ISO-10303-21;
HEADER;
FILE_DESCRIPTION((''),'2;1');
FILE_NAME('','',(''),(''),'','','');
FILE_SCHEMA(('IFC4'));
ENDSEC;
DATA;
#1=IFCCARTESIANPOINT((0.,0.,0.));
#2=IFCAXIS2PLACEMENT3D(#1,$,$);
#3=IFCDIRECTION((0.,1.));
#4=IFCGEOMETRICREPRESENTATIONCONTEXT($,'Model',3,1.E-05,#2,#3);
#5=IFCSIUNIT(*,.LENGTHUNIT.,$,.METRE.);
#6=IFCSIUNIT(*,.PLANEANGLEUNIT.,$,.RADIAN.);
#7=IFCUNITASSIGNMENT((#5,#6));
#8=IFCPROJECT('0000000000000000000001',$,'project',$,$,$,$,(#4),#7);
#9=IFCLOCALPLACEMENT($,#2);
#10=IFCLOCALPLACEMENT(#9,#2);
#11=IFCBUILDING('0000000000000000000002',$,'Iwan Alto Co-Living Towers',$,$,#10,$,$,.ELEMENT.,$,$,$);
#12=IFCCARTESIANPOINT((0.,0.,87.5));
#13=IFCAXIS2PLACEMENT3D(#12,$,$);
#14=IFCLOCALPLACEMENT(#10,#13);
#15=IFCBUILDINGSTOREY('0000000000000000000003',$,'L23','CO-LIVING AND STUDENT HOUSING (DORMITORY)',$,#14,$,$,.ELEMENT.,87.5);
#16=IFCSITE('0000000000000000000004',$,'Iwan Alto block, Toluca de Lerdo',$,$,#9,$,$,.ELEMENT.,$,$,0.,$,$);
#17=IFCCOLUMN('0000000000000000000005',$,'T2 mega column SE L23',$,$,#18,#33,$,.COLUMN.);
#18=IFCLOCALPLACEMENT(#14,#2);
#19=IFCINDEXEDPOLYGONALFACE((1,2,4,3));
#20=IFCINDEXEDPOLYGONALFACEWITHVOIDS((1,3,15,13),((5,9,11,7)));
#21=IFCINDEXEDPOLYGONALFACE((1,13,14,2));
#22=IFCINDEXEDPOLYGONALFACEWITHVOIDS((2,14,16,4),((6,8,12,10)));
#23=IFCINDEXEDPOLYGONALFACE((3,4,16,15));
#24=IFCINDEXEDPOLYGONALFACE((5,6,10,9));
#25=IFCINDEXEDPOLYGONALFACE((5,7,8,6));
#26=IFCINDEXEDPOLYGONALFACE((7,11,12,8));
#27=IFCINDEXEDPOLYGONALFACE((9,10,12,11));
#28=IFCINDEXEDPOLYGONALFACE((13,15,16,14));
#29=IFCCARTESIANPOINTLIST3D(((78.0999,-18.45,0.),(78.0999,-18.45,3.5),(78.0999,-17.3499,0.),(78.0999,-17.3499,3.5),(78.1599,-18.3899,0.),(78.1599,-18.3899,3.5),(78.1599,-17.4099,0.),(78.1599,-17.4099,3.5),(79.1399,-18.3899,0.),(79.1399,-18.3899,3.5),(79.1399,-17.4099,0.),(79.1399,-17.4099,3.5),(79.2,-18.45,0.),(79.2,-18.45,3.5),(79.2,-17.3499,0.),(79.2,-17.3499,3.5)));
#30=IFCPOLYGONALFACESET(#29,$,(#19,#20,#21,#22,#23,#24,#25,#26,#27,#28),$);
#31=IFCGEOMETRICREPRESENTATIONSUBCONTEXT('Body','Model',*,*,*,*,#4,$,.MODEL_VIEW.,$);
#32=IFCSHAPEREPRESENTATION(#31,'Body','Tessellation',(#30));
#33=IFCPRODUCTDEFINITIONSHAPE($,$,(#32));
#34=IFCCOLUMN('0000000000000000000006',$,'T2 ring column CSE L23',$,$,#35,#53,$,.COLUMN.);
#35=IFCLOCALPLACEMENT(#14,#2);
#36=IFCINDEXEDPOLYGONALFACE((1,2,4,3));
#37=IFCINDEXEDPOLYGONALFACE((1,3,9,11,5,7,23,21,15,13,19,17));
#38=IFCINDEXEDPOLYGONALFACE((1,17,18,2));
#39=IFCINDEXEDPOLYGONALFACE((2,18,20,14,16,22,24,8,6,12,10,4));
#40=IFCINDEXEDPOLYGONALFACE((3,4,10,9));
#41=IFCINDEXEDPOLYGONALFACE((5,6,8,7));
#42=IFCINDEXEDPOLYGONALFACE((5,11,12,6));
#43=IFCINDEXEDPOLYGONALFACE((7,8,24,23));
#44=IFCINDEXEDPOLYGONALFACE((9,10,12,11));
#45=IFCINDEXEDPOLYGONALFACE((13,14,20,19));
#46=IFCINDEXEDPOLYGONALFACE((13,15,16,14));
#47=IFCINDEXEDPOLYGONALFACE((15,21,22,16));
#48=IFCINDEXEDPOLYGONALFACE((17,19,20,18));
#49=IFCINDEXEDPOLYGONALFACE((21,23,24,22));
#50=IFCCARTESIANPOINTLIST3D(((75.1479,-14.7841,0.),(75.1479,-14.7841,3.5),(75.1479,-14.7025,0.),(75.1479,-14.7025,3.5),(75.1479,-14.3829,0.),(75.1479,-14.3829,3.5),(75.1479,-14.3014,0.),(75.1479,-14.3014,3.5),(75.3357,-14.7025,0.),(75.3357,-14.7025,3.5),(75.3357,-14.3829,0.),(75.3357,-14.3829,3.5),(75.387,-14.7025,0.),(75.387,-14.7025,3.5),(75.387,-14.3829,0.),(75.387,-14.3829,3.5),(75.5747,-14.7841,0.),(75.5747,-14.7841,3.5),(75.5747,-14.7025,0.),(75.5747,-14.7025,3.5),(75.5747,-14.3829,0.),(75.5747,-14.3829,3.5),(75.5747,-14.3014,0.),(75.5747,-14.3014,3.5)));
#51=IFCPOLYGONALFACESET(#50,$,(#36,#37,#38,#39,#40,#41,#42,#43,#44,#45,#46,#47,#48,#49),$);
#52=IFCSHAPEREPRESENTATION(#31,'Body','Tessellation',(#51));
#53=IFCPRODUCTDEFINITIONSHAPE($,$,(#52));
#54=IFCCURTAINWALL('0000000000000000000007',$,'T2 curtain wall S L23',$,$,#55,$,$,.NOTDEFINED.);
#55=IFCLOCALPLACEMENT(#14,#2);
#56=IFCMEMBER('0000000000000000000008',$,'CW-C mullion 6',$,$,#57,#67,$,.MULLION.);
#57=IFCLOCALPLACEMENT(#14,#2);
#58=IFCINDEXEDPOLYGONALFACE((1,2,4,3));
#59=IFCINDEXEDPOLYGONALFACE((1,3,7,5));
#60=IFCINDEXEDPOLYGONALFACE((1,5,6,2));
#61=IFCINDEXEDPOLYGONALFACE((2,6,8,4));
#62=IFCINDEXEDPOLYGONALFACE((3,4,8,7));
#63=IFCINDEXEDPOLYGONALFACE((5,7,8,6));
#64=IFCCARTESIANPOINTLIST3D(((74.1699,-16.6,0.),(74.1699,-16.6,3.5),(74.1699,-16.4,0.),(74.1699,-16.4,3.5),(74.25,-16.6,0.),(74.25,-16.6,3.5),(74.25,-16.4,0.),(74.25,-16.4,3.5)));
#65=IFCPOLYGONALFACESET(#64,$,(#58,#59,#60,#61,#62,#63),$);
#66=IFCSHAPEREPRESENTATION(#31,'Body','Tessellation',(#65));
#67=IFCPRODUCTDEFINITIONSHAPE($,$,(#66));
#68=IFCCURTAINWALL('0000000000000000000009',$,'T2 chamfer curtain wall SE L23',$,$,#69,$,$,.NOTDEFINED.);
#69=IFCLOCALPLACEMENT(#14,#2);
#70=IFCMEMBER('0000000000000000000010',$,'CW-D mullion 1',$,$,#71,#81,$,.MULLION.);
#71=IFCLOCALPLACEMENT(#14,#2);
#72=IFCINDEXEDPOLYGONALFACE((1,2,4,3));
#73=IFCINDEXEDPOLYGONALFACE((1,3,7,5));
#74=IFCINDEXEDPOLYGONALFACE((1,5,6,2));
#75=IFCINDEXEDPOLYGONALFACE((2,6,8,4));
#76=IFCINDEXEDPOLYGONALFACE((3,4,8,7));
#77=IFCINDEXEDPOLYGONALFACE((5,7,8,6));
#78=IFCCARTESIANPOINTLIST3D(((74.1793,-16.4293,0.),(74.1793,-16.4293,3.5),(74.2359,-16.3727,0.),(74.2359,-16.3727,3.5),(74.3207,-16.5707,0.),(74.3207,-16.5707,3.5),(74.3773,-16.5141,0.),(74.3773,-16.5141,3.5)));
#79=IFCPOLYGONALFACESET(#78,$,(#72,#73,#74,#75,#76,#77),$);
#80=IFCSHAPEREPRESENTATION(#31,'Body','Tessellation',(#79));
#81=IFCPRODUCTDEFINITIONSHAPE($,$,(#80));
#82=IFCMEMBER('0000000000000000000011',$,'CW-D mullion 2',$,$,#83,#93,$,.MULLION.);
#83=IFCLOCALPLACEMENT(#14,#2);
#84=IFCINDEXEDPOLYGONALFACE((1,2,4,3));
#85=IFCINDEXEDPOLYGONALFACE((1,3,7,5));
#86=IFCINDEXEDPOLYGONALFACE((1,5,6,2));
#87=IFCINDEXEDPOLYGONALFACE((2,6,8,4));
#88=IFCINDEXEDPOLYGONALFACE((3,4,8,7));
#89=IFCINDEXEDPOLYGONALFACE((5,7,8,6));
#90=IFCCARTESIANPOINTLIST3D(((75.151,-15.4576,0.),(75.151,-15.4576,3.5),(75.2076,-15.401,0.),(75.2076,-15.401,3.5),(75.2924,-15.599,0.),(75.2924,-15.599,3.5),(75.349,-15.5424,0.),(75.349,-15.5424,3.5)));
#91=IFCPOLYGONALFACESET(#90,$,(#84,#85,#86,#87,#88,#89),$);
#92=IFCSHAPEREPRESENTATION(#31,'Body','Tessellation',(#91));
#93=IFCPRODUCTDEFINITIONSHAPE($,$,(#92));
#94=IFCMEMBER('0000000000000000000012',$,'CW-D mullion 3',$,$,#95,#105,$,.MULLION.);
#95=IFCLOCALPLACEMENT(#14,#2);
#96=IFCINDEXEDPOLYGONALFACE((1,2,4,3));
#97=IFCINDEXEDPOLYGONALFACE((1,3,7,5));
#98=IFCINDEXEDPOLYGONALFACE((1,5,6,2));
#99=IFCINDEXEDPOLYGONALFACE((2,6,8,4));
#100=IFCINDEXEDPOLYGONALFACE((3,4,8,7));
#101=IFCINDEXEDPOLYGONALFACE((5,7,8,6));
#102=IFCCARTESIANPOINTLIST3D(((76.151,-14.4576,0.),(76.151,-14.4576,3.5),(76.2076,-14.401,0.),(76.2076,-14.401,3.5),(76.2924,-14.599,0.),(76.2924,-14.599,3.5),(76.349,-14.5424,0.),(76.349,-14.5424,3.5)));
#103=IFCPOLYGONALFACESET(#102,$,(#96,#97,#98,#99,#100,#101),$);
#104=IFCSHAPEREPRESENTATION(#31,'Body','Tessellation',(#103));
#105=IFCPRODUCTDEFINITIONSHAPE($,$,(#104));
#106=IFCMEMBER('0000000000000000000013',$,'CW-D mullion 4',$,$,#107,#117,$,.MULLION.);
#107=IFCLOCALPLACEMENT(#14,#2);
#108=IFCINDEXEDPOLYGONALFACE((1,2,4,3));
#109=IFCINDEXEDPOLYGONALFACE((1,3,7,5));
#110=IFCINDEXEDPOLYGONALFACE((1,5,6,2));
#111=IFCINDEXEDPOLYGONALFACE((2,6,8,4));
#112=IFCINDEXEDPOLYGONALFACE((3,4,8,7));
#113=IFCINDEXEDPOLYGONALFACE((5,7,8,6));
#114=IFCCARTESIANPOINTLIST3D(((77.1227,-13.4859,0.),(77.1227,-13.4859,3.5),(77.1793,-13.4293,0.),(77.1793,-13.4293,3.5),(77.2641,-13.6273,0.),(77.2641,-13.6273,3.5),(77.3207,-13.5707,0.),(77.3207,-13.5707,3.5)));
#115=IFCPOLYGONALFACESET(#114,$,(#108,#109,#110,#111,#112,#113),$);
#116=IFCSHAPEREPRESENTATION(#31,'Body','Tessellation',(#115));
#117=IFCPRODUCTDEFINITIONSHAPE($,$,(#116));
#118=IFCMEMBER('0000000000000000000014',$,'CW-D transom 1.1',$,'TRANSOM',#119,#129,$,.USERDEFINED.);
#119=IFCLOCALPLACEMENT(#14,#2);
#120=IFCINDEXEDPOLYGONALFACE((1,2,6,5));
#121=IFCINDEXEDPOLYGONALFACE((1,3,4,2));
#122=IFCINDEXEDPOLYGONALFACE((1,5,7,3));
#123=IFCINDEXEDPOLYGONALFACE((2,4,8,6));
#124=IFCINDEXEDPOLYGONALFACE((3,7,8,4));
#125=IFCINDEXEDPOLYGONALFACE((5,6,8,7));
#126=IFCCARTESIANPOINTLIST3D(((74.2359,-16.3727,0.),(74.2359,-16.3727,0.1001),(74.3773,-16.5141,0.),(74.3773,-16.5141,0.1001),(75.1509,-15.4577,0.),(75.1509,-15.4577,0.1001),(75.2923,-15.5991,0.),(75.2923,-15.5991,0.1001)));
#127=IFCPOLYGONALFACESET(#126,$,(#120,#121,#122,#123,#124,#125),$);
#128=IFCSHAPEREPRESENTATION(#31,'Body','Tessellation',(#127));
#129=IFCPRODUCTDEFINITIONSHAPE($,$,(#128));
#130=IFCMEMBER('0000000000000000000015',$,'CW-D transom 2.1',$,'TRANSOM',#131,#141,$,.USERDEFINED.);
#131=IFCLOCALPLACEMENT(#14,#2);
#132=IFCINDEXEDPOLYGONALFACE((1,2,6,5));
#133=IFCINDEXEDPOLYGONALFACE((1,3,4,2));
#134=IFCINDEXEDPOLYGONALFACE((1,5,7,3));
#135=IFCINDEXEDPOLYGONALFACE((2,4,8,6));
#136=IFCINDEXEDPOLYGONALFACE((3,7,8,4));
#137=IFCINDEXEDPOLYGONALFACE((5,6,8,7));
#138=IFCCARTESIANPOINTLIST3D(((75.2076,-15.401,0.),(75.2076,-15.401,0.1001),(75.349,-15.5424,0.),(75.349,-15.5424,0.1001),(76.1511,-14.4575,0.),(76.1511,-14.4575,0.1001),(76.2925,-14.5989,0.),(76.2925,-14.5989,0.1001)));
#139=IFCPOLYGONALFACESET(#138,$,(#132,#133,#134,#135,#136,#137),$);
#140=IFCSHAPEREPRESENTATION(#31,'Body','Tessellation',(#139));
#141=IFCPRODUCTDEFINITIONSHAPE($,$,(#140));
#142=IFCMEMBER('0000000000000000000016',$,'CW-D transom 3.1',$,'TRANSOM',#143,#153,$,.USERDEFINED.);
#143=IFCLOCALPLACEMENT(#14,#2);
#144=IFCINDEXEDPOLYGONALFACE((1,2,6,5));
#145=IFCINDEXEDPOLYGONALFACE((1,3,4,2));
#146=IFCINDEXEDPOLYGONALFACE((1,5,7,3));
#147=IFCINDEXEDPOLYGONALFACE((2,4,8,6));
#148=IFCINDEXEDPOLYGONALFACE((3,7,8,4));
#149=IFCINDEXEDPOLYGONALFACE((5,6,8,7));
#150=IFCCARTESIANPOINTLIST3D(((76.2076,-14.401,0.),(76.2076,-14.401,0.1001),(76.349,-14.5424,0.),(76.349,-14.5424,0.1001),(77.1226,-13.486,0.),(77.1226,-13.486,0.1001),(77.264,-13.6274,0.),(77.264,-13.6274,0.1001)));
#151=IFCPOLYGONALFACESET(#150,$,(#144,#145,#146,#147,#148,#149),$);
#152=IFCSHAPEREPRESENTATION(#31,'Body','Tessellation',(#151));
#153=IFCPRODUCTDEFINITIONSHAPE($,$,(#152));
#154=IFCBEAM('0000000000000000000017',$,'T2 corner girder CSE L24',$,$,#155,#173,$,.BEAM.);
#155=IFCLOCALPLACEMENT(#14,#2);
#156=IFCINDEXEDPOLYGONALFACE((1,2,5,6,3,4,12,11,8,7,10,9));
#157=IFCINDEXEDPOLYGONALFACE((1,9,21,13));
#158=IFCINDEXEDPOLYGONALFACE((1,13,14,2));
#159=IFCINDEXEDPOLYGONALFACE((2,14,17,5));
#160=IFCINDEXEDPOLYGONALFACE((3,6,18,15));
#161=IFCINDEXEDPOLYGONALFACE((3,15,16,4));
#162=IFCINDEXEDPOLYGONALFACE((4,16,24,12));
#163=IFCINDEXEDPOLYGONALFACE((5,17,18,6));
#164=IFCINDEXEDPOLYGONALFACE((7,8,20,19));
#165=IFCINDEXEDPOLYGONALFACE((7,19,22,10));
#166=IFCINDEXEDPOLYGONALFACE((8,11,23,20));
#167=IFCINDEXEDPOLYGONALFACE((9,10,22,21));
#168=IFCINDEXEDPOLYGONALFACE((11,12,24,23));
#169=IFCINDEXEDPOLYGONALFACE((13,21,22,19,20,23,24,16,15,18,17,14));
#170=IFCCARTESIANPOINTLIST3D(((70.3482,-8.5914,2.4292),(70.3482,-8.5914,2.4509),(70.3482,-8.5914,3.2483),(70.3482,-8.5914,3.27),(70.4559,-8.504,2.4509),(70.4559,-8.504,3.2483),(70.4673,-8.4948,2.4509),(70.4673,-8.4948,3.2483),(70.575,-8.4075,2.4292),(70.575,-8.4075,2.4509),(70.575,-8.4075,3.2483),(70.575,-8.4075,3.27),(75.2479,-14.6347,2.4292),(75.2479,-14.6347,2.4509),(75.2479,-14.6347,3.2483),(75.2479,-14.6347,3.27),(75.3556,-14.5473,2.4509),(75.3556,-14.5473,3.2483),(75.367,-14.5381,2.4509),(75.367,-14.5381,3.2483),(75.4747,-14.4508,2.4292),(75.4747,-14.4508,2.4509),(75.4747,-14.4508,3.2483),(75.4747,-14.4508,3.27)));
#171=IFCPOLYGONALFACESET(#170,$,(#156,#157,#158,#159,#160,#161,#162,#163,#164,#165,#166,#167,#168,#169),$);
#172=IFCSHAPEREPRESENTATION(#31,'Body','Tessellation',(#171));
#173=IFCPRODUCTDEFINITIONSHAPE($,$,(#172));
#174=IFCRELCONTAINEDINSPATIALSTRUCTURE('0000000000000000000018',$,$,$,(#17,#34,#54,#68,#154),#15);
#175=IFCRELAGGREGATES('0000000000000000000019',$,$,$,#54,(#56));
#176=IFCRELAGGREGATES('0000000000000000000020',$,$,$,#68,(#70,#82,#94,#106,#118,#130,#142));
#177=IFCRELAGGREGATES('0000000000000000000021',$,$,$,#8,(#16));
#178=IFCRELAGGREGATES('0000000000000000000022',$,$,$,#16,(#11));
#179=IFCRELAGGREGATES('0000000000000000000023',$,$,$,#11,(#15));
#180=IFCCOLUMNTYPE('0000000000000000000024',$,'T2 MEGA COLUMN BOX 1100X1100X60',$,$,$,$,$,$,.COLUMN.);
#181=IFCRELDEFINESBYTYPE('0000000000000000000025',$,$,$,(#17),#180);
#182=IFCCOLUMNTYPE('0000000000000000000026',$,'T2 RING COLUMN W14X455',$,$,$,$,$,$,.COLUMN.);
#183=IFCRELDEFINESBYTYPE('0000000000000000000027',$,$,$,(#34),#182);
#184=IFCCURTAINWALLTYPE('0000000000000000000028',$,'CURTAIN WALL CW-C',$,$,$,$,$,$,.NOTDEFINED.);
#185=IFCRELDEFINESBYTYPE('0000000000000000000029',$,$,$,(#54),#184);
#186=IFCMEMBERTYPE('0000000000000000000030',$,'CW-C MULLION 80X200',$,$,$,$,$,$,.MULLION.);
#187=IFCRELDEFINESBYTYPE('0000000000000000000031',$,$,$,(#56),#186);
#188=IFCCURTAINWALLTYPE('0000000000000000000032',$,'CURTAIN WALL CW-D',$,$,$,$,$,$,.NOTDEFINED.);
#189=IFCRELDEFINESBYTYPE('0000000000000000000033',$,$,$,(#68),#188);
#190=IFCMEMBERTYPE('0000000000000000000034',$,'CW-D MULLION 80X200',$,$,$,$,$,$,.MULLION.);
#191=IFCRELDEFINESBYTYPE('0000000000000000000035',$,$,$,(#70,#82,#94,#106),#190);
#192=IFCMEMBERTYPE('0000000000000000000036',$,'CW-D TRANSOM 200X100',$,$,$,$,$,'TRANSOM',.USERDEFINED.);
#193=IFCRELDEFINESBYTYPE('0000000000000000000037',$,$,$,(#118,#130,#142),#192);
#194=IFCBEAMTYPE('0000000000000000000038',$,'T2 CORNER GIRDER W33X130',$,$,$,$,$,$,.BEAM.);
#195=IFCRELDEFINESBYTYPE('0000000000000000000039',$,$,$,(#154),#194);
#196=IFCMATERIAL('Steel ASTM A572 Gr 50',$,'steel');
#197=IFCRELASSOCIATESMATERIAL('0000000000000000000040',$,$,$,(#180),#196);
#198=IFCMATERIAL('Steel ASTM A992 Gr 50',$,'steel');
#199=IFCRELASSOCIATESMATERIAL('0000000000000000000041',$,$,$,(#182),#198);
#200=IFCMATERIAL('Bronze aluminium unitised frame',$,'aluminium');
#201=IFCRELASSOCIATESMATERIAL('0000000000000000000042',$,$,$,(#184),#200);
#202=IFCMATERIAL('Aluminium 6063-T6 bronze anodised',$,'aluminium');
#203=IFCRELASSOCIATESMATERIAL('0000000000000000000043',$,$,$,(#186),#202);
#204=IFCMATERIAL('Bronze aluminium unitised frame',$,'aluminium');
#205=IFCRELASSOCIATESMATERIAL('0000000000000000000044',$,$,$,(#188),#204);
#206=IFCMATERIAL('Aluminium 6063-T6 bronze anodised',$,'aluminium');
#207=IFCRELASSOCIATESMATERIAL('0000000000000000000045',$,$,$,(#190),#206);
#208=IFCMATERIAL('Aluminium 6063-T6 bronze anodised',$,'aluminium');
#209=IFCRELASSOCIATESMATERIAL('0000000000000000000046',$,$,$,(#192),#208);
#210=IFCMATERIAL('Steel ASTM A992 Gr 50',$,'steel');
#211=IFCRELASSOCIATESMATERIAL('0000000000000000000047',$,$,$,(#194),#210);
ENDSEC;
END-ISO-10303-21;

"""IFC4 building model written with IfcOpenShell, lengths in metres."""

from ifc_helpers import new_model, si_unit, direction, frame, origin, origin_2d, place, context, subcontext, project, spatial, rectangle, hollow_rectangle, i_section, extrude, material, material_profile, profile_set, type_object, element, aggregate, save


model = new_model("IFC4")

# Units and contexts
model_context = context("Model", 3, precision=1e-05, world=origin(), true_north=direction((0.0, 1.0)))
body_context = subcontext(model_context, "Body", "Model", "MODEL_VIEW")
ifc_project = project(units=[si_unit("LENGTHUNIT", "METRE"), si_unit("PLANEANGLEUNIT", "RADIAN")], contexts=[model_context])

# Site, building, storey
site_placement = place(None, origin())
site = spatial("IfcSite", under=ifc_project, at=site_placement, Name="Iwan Alto block, Toluca de Lerdo", CompositionType="ELEMENT", RefElevation=0.0)
building_placement = place(site_placement, origin())
building = spatial("IfcBuilding", under=site, at=building_placement, Name="Iwan Alto Co-Living Towers", CompositionType="ELEMENT")
storey_placement = place(building_placement, frame((0.0, 0.0, 87.5)))
storey = spatial("IfcBuildingStorey", under=building, at=storey_placement, Name="L23", Description="CO-LIVING AND STUDENT HOUSING (DORMITORY)", CompositionType="ELEMENT", Elevation=87.5)

# Columns
ifc_material_1 = material(Name="Steel ASTM A572 Gr 50", Category="steel")
ifc_material_profile_1 = material_profile(ifc_material_1, hollow_rectangle(XDim=1.1001, YDim=1.1001, WallThickness=0.0601, at=origin_2d()), Name="BOX 1100X1100X60")
ifc_profile_set_1 = profile_set([ifc_material_profile_1], Name="Steel ASTM A572 Gr 50")
column_type_1 = type_object("IfcColumnType", Name="T2 MEGA COLUMN BOX 1100X1100X60", PredefinedType="COLUMN", material=ifc_profile_set_1)
column_1_placement = place(storey_placement, frame((78.6499, -17.8999, 0.0), z_axis=(0.0, 0.0, 1.0), x_axis=(1.0, 0.0, 0.0)))
element("IfcColumn", 1, at=column_1_placement, inside=storey, type_object=column_type_1, Name="T2 mega column SE L23", PredefinedType="COLUMN", context=body_context, shape_type="SweptSolid", body=[
    extrude(hollow_rectangle(XDim=1.1001, YDim=1.1001, WallThickness=0.0601, at=origin_2d()), origin(), (0.0, 0.0, 1.0), 3.5),
])
ifc_material_2 = material(Name="Steel ASTM A992 Gr 50", Category="steel")
ifc_material_profile_2 = material_profile(ifc_material_2, i_section(OverallWidth=0.4268, OverallDepth=0.4827, WebThickness=0.0513, FlangeThickness=0.0815, at=origin_2d()), Name="W14X455")
ifc_profile_set_2 = profile_set([ifc_material_profile_2], Name="Steel ASTM A992 Gr 50")
column_type_2 = type_object("IfcColumnType", Name="T2 RING COLUMN W14X455", PredefinedType="COLUMN", material=ifc_profile_set_2)
column_2_placement = place(storey_placement, frame((75.3613, -14.5427, 0.0), z_axis=(0.0, 0.0, 1.0), x_axis=(1.0, 0.0, 0.0)))
element("IfcColumn", 2, at=column_2_placement, inside=storey, type_object=column_type_2, Name="T2 ring column CSE L23", PredefinedType="COLUMN", context=body_context, shape_type="SweptSolid", body=[
    extrude(i_section(OverallWidth=0.4268, OverallDepth=0.4827, WebThickness=0.0513, FlangeThickness=0.0815, at=origin_2d()), origin(), (0.0, 0.0, 1.0), 3.5),
])

# Curtain wall, member
ifc_material_3 = material(Name="Bronze aluminium unitised frame", Category="aluminium")
curtain_wall_type_1 = type_object("IfcCurtainWallType", Name="CURTAIN WALL CW-C", PredefinedType="NOTDEFINED", material=ifc_material_3)
curtain_wall_1_placement = place(storey_placement, origin())
curtain_wall_1 = element("IfcCurtainWall", 3, at=curtain_wall_1_placement, inside=storey, type_object=curtain_wall_type_1, Name="T2 curtain wall S L23", PredefinedType="NOTDEFINED")
ifc_material_4 = material(Name="Aluminium 6063-T6 bronze anodised", Category="aluminium")
ifc_material_profile_3 = material_profile(ifc_material_4, rectangle(XDim=0.2, YDim=0.0801, at=origin_2d()), Name="AL 80X200")
ifc_profile_set_3 = profile_set([ifc_material_profile_3], Name="Aluminium 6063-T6 bronze anodised")
member_type_1 = type_object("IfcMemberType", Name="CW-C MULLION 80X200", PredefinedType="MULLION", material=ifc_profile_set_3)
member_1_placement = place(storey_placement, frame((74.21, -16.5, 0.0), z_axis=(0.0, 0.0, 1.0), x_axis=(0.0, 1.0, 0.0)))
member_1 = element("IfcMember", 4, at=member_1_placement, type_object=member_type_1, Name="CW-C mullion 6", PredefinedType="MULLION", context=body_context, shape_type="SweptSolid", body=[
    extrude(rectangle(XDim=0.2, YDim=0.0801, at=origin_2d()), origin(), (0.0, 0.0, 1.0), 3.5),
])

# Curtain wall, members
ifc_material_5 = material(Name="Bronze aluminium unitised frame", Category="aluminium")
curtain_wall_type_2 = type_object("IfcCurtainWallType", Name="CURTAIN WALL CW-D", PredefinedType="NOTDEFINED", material=ifc_material_5)
curtain_wall_2_placement = place(storey_placement, origin())
curtain_wall_2 = element("IfcCurtainWall", 5, at=curtain_wall_2_placement, inside=storey, type_object=curtain_wall_type_2, Name="T2 chamfer curtain wall SE L23", PredefinedType="NOTDEFINED")
ifc_material_6 = material(Name="Aluminium 6063-T6 bronze anodised", Category="aluminium")
ifc_material_profile_4 = material_profile(ifc_material_6, rectangle(XDim=0.2, YDim=0.0801, at=origin_2d()), Name="AL 80X200")
ifc_profile_set_4 = profile_set([ifc_material_profile_4], Name="Aluminium 6063-T6 bronze anodised")
member_type_2 = type_object("IfcMemberType", Name="CW-D MULLION 80X200", PredefinedType="MULLION", material=ifc_profile_set_4)
member_2_placement = place(storey_placement, frame((74.2783, -16.4717, 0.0), z_axis=(0.0, 0.0, 1.0), x_axis=(-0.707107, 0.707107, 0.0)))
member_2 = element("IfcMember", 6, at=member_2_placement, type_object=member_type_2, Name="CW-D mullion 1", PredefinedType="MULLION", context=body_context, shape_type="SweptSolid", body=[
    extrude(rectangle(XDim=0.2, YDim=0.0801, at=origin_2d()), origin(), (0.0, 0.0, 1.0), 3.5),
])
member_3_placement = place(storey_placement, frame((75.25, -15.5, 0.0), z_axis=(0.0, 0.0, 1.0), x_axis=(-0.707107, 0.707107, 0.0)))
member_3 = element("IfcMember", 7, at=member_3_placement, type_object=member_type_2, Name="CW-D mullion 2", PredefinedType="MULLION", context=body_context, shape_type="SweptSolid", body=[
    extrude(rectangle(XDim=0.2, YDim=0.0801, at=origin_2d()), origin(), (0.0, 0.0, 1.0), 3.5),
])
member_4_placement = place(storey_placement, frame((76.25, -14.5, 0.0), z_axis=(0.0, 0.0, 1.0), x_axis=(-0.707107, 0.707107, 0.0)))
member_4 = element("IfcMember", 8, at=member_4_placement, type_object=member_type_2, Name="CW-D mullion 3", PredefinedType="MULLION", context=body_context, shape_type="SweptSolid", body=[
    extrude(rectangle(XDim=0.2, YDim=0.0801, at=origin_2d()), origin(), (0.0, 0.0, 1.0), 3.5),
])
member_5_placement = place(storey_placement, frame((77.2217, -13.5283, 0.0), z_axis=(0.0, 0.0, 1.0), x_axis=(-0.707107, 0.707107, 0.0)))
member_5 = element("IfcMember", 9, at=member_5_placement, type_object=member_type_2, Name="CW-D mullion 4", PredefinedType="MULLION", context=body_context, shape_type="SweptSolid", body=[
    extrude(rectangle(XDim=0.2, YDim=0.0801, at=origin_2d()), origin(), (0.0, 0.0, 1.0), 3.5),
])
ifc_material_7 = material(Name="Aluminium 6063-T6 bronze anodised", Category="aluminium")
ifc_material_profile_5 = material_profile(ifc_material_7, rectangle(XDim=0.2, YDim=0.1001, at=origin_2d()), Name="AL 200X100")
ifc_profile_set_5 = profile_set([ifc_material_profile_5], Name="Aluminium 6063-T6 bronze anodised")
member_type_3 = type_object("IfcMemberType", Name="CW-D TRANSOM 200X100", ElementType="TRANSOM", PredefinedType="USERDEFINED", material=ifc_profile_set_5)
member_6_placement = place(storey_placement, frame((74.3066, -16.4434, 0.05), z_axis=(0.707107, 0.707107, 0.0), x_axis=(-0.707107, 0.707107, 0.0)))
member_6 = element("IfcMember", 10, at=member_6_placement, type_object=member_type_3, Name="CW-D transom 1.1", ObjectType="TRANSOM", PredefinedType="USERDEFINED", context=body_context, shape_type="SweptSolid", body=[
    extrude(rectangle(XDim=0.2, YDim=0.1001, at=origin_2d()), origin(), (0.0, 0.0, 1.0), 1.2939),
])
member_7_placement = place(storey_placement, frame((75.2783, -15.4717, 0.05), z_axis=(0.707107, 0.707107, 0.0), x_axis=(-0.707107, 0.707107, 0.0)))
member_7 = element("IfcMember", 11, at=member_7_placement, type_object=member_type_3, Name="CW-D transom 2.1", ObjectType="TRANSOM", PredefinedType="USERDEFINED", context=body_context, shape_type="SweptSolid", body=[
    extrude(rectangle(XDim=0.2, YDim=0.1001, at=origin_2d()), origin(), (0.0, 0.0, 1.0), 1.3342),
])
member_8_placement = place(storey_placement, frame((76.2783, -14.4717, 0.05), z_axis=(0.707107, 0.707107, 0.0), x_axis=(-0.707107, 0.707107, 0.0)))
member_8 = element("IfcMember", 12, at=member_8_placement, type_object=member_type_3, Name="CW-D transom 3.1", ObjectType="TRANSOM", PredefinedType="USERDEFINED", context=body_context, shape_type="SweptSolid", body=[
    extrude(rectangle(XDim=0.2, YDim=0.1001, at=origin_2d()), origin(), (0.0, 0.0, 1.0), 1.2939),
])

# Beam
ifc_material_8 = material(Name="Steel ASTM A992 Gr 50", Category="steel")
ifc_material_profile_6 = material_profile(ifc_material_8, i_section(OverallWidth=0.292, OverallDepth=0.8408, WebThickness=0.0146, FlangeThickness=0.0217, at=origin_2d()), Name="W33X130")
ifc_profile_set_6 = profile_set([ifc_material_profile_6], Name="Steel ASTM A992 Gr 50")
beam_type_1 = type_object("IfcBeamType", Name="T2 CORNER GIRDER W33X130", PredefinedType="BEAM", material=ifc_profile_set_6)
beam_1_placement = place(storey_placement, frame((75.3613, -14.5427, 2.8496), z_axis=(-0.629783, 0.776771, 0.0), x_axis=(-0.776771, -0.629783, 0.0)))
element("IfcBeam", 13, at=beam_1_placement, inside=storey, type_object=beam_type_1, Name="T2 corner girder CSE L24", PredefinedType="BEAM", context=body_context, shape_type="SweptSolid", body=[
    extrude(i_section(OverallWidth=0.292, OverallDepth=0.8408, WebThickness=0.0146, FlangeThickness=0.0217, at=origin_2d()), origin(), (0.0, 0.0, 1.0), 7.78),
])

aggregate(curtain_wall_1, [member_1])
aggregate(curtain_wall_2, [member_2, member_3, member_4, member_5, member_6, member_7, member_8])

save(model, "model.ifc")
